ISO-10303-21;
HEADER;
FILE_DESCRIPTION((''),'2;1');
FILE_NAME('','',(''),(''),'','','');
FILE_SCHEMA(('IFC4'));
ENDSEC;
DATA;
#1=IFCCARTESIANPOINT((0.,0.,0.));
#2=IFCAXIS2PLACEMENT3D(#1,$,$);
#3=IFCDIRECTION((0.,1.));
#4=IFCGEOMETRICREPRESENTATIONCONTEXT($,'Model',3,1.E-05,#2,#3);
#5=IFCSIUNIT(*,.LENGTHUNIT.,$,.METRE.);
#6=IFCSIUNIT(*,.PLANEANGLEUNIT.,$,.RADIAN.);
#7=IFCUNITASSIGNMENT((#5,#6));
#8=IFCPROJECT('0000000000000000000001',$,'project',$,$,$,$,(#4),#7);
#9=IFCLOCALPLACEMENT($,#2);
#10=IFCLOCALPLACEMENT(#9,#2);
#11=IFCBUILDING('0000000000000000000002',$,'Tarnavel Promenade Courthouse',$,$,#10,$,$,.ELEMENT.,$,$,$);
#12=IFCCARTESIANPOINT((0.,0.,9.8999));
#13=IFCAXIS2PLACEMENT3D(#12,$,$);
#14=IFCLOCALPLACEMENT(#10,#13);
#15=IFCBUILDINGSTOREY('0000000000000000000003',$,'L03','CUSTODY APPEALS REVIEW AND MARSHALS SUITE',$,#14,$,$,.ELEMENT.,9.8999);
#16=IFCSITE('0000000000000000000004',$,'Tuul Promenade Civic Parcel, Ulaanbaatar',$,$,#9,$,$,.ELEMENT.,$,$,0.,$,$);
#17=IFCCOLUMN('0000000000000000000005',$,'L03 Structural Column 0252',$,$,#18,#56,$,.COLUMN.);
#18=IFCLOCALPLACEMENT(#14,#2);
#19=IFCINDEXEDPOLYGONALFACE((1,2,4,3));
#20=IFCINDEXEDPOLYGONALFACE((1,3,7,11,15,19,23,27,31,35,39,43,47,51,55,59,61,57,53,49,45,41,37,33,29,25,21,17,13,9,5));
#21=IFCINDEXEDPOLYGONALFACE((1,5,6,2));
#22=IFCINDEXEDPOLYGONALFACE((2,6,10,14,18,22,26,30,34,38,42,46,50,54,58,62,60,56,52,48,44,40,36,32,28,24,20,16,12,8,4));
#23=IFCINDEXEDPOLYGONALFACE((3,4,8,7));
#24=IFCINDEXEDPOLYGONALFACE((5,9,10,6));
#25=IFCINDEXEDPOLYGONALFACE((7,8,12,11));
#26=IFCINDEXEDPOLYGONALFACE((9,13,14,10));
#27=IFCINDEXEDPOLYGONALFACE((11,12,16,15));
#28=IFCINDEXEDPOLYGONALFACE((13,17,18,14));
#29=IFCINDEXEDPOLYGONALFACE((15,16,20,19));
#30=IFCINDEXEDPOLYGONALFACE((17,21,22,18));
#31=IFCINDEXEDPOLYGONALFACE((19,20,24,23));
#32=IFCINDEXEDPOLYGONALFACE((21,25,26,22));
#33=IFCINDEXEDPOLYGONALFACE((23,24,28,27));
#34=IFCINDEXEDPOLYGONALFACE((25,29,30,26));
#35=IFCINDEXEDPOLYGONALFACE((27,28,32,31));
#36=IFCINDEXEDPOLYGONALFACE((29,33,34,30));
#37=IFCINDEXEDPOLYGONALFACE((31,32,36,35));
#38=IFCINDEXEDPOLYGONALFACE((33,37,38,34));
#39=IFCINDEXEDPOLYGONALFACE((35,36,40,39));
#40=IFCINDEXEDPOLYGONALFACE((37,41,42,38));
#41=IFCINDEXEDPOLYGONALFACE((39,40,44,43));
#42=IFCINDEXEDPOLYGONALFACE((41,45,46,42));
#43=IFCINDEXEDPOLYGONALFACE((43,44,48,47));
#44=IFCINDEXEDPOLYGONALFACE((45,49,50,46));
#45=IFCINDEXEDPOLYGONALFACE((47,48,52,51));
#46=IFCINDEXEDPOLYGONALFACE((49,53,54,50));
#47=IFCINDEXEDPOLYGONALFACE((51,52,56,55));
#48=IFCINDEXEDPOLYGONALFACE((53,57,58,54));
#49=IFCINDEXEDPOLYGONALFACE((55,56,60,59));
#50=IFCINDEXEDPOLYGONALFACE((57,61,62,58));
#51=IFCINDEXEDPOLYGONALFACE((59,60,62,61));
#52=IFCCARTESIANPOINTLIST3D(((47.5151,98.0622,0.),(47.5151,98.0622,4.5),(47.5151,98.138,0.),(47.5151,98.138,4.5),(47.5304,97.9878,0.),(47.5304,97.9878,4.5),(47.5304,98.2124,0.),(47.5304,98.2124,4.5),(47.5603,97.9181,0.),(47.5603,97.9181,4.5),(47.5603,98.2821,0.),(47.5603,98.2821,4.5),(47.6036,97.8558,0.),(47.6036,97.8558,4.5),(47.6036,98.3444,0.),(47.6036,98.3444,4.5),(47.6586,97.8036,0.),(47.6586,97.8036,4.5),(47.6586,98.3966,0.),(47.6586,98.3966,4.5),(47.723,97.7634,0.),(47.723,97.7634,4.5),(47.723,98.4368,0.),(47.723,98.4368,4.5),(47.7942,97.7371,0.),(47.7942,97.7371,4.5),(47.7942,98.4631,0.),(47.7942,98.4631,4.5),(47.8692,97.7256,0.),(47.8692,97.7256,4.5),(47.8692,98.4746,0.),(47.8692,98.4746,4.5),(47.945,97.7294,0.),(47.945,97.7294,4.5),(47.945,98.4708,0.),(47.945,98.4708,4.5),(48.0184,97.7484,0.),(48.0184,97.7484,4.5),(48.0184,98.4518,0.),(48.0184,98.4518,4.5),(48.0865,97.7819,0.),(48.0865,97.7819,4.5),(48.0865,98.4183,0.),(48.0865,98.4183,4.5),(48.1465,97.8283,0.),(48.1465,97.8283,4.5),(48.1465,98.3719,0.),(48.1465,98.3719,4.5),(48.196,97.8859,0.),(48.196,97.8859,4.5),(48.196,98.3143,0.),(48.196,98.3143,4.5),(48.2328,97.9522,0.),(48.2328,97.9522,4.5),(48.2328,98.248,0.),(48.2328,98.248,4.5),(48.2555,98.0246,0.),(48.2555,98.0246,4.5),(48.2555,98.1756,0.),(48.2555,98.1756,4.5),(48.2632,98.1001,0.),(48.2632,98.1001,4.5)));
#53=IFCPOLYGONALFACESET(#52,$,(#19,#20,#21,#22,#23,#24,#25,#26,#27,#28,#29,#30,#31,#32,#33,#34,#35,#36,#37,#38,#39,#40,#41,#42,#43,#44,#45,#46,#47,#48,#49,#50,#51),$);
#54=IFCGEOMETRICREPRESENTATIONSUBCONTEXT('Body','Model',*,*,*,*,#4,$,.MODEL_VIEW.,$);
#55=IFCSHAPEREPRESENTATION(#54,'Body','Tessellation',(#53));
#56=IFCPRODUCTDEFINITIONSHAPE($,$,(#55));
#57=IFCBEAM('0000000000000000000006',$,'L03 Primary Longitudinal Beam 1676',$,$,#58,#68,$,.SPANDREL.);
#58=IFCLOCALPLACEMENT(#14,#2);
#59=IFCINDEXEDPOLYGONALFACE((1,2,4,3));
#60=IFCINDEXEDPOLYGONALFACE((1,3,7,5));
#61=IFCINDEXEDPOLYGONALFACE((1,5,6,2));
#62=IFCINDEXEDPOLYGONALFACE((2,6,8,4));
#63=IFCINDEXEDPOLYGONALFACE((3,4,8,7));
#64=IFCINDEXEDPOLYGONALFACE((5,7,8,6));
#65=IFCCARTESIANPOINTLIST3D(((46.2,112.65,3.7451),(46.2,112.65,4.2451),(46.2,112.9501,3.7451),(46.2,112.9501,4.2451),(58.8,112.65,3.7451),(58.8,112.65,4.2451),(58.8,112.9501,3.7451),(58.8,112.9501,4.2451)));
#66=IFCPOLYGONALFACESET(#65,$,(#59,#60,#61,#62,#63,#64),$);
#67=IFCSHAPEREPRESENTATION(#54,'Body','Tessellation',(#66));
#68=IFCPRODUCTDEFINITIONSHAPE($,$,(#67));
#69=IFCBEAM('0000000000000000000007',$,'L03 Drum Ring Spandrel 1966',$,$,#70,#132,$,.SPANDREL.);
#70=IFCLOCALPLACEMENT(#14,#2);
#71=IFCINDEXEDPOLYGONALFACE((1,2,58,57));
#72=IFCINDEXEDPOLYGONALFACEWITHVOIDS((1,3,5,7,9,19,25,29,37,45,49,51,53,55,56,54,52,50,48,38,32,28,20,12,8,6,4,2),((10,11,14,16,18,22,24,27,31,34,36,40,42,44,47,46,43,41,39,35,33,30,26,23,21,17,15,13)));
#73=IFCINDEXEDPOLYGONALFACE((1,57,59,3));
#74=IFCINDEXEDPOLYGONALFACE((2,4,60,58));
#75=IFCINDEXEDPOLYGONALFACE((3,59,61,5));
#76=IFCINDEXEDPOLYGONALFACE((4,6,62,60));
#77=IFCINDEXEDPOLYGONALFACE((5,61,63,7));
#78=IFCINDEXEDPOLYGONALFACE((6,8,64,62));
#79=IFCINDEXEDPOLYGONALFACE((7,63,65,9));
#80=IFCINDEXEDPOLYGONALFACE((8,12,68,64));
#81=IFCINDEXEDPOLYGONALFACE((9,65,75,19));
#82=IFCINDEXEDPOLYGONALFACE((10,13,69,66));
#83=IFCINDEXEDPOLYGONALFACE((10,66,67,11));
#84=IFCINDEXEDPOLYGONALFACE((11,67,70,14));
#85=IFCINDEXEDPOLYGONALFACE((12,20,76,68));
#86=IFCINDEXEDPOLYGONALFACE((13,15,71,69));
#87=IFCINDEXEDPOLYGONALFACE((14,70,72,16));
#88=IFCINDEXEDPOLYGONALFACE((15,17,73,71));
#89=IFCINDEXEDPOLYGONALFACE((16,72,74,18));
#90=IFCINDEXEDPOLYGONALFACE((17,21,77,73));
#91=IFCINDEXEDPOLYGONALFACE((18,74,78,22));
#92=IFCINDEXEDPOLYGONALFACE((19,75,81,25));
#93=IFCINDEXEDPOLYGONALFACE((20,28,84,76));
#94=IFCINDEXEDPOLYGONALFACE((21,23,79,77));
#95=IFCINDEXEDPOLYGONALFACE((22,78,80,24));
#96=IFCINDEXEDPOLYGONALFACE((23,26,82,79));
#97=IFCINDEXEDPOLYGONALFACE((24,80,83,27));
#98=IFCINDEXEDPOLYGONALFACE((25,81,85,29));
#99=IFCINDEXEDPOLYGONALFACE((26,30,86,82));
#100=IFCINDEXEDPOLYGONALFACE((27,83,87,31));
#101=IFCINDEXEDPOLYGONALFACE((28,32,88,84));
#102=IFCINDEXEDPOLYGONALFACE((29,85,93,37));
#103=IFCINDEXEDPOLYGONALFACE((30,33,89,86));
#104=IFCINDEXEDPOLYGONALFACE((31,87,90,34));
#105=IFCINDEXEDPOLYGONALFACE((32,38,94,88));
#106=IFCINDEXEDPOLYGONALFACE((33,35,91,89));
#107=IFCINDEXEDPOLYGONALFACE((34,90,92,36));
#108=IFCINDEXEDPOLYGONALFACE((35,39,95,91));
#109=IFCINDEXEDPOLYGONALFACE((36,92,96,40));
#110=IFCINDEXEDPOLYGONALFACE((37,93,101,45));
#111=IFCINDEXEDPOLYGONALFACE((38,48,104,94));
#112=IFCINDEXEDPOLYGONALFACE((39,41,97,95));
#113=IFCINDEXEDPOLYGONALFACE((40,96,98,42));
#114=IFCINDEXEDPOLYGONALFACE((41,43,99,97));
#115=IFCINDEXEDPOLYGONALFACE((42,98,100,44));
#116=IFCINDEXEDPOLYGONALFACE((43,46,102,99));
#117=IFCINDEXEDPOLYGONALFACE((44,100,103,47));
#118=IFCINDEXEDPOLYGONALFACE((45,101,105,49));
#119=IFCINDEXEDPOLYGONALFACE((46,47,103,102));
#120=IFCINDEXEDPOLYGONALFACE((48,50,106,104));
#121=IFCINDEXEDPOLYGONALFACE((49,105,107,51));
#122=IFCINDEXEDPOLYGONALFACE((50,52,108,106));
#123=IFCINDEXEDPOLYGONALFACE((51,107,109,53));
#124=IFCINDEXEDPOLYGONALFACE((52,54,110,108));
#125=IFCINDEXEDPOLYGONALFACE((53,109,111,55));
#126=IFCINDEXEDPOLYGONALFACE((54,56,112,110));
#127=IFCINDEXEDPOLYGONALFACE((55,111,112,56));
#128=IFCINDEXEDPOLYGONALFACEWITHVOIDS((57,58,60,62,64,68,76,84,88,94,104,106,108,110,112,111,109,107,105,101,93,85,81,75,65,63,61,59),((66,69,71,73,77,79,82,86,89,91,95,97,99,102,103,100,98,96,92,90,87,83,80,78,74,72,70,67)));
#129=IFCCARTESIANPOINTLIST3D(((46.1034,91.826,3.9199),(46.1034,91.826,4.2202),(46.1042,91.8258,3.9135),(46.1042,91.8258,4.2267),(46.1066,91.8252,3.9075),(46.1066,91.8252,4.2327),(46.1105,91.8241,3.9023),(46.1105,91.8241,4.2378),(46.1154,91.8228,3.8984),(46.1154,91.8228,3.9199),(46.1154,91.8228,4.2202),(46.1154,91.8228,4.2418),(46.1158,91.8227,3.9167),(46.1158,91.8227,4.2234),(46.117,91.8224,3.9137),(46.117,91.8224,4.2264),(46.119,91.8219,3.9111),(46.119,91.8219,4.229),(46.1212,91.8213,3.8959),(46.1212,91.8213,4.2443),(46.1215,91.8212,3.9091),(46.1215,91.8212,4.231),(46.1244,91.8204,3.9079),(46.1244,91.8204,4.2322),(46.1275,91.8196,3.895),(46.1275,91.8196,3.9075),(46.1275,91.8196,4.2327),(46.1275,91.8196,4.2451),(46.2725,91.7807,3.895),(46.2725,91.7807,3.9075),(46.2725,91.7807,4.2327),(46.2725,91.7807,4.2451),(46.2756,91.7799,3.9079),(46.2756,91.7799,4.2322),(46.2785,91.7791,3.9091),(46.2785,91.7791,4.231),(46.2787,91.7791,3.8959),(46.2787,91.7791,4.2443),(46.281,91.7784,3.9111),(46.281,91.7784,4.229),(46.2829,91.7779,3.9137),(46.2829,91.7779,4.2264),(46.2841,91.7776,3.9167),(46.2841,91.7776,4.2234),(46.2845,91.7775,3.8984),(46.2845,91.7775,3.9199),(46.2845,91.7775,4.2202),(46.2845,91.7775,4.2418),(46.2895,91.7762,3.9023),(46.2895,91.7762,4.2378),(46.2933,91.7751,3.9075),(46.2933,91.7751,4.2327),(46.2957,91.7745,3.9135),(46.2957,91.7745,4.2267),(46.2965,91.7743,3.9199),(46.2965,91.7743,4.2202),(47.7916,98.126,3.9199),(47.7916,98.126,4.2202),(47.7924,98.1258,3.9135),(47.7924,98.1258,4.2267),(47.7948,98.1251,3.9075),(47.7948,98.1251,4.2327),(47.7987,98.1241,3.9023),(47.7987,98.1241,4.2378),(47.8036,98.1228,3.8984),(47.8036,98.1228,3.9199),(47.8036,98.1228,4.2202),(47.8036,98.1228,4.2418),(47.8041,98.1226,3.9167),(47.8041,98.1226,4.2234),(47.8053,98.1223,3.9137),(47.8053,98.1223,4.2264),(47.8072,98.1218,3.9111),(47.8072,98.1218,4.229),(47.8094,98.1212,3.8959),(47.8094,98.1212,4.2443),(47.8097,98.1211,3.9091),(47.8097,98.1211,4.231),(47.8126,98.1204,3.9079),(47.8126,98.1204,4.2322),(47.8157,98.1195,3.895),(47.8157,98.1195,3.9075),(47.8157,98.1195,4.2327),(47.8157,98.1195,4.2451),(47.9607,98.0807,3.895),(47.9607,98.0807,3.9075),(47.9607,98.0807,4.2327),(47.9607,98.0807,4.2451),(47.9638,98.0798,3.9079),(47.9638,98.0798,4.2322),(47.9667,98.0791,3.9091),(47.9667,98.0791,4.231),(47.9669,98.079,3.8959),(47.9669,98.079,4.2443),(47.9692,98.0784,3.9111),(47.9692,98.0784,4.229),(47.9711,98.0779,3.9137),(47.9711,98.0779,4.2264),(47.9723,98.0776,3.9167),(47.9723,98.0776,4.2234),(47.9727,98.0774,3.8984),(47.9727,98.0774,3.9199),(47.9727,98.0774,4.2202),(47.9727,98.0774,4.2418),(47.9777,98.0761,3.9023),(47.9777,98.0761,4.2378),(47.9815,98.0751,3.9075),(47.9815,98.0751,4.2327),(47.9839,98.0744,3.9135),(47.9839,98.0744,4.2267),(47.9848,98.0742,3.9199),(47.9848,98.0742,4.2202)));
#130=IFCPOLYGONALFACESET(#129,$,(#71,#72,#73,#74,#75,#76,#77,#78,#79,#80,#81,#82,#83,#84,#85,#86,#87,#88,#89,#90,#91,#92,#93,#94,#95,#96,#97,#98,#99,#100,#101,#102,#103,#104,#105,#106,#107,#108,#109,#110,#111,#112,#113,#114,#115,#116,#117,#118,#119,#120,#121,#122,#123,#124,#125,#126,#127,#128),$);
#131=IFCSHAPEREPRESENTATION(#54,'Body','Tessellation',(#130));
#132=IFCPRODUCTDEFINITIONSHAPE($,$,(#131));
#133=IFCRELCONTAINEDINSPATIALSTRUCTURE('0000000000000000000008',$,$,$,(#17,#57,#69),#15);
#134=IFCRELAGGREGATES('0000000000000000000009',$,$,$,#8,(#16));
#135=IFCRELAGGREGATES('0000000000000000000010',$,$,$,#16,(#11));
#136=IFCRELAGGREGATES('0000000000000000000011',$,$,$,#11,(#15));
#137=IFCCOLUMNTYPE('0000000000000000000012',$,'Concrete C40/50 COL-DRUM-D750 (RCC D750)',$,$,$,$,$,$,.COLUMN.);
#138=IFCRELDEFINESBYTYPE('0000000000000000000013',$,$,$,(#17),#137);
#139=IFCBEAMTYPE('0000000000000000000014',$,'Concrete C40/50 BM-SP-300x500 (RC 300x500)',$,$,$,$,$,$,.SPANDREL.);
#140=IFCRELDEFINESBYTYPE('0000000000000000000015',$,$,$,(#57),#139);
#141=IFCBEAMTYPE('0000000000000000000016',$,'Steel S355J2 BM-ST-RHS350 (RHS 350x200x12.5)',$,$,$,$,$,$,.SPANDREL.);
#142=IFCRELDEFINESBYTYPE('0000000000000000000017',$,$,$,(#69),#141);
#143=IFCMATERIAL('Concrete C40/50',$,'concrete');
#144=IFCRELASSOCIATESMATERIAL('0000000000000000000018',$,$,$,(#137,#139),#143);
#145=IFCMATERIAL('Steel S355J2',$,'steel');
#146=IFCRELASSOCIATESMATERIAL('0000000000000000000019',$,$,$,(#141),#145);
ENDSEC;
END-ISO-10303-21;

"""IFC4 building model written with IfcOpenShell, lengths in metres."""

from ifc_helpers import new_model, si_unit, direction, frame, origin, origin_2d, place, context, subcontext, project, spatial, rectangle, hollow_rectangle, circle, extrude, material, material_profile, profile_set, type_object, element, save


model = new_model("IFC4")

# Units and contexts
model_context = context("Model", 3, precision=1e-05, world=origin(), true_north=direction((0.0, 1.0)))
body_context = subcontext(model_context, "Body", "Model", "MODEL_VIEW")
ifc_project = project(units=[si_unit("LENGTHUNIT", "METRE"), si_unit("PLANEANGLEUNIT", "RADIAN")], contexts=[model_context])

# Site, building, storey
site_placement = place(None, origin())
site = spatial("IfcSite", under=ifc_project, at=site_placement, Name="Tuul Promenade Civic Parcel, Ulaanbaatar", CompositionType="ELEMENT", RefElevation=0.0)
building_placement = place(site_placement, origin())
building = spatial("IfcBuilding", under=site, at=building_placement, Name="Tarnavel Promenade Courthouse", CompositionType="ELEMENT")
storey_placement = place(building_placement, frame((0.0, 0.0, 9.8999)))
storey = spatial("IfcBuildingStorey", under=building, at=storey_placement, Name="L03", Description="CUSTODY APPEALS REVIEW AND MARSHALS SUITE", CompositionType="ELEMENT", Elevation=9.8999)

# Column
ifc_material_1 = material(Name="Concrete C40/50", Category="concrete")
ifc_material_profile_1 = material_profile(ifc_material_1, circle(Radius=0.375, at=origin_2d()), Name="RCC D750")
ifc_profile_set_1 = profile_set([ifc_material_profile_1], Name="Concrete C40/50")
column_type = type_object("IfcColumnType", Name="Concrete C40/50 COL-DRUM-D750 (RCC D750)", PredefinedType="COLUMN", material=ifc_profile_set_1)
column_placement = place(storey_placement, frame((47.8882, 98.1001, 0.0), z_axis=(0.0, 0.0, 1.0), x_axis=(1.0, 0.0, 0.0)))
element("IfcColumn", 1, at=column_placement, inside=storey, type_object=column_type, Name="L03 Structural Column 0252", PredefinedType="COLUMN", context=body_context, shape_type="SweptSolid", body=[
    extrude(circle(Radius=0.375, at=origin_2d()), origin(), (0.0, 0.0, 1.0), 4.5),
])

# Beams
ifc_material_profile_2 = material_profile(ifc_material_1, rectangle(XDim=0.3, YDim=0.5, at=origin_2d()), Name="RC 300x500")
ifc_profile_set_2 = profile_set([ifc_material_profile_2], Name="Concrete C40/50")
beam_type_1 = type_object("IfcBeamType", Name="Concrete C40/50 BM-SP-300x500 (RC 300x500)", PredefinedType="SPANDREL", material=ifc_profile_set_2)
beam_1_placement = place(storey_placement, frame((46.2, 112.8, 3.9951), z_axis=(1.0, 0.0, 0.0), x_axis=(0.0, 1.0, 0.0)))
element("IfcBeam", 2, at=beam_1_placement, inside=storey, type_object=beam_type_1, Name="L03 Primary Longitudinal Beam 1676", PredefinedType="SPANDREL", context=body_context, shape_type="SweptSolid", body=[
    extrude(rectangle(XDim=0.3, YDim=0.5, at=origin_2d()), origin(), (0.0, 0.0, 1.0), 12.6001),
])
ifc_material_2 = material(Name="Steel S355J2", Category="steel")
ifc_material_profile_3 = material_profile(ifc_material_2, hollow_rectangle(XDim=0.2, YDim=0.3501, WallThickness=0.0125, InnerFilletRadius=0.0125, OuterFilletRadius=0.0249, at=origin_2d()), Name="RHS 350x200x12.5")
ifc_profile_set_3 = profile_set([ifc_material_profile_3], Name="Steel S355J2")
beam_type_2 = type_object("IfcBeamType", Name="Steel S355J2 BM-ST-RHS350 (RHS 350x200x12.5)", PredefinedType="SPANDREL", material=ifc_profile_set_3)
beam_2_placement = place(storey_placement, frame((47.8882, 98.1001, 4.0701), z_axis=(-0.258839, -0.96592, 0.0), x_axis=(0.96592, -0.258839, 0.0)))
element("IfcBeam", 3, at=beam_2_placement, inside=storey, type_object=beam_type_2, Name="L03 Drum Ring Spandrel 1966", PredefinedType="SPANDREL", context=body_context, shape_type="SweptSolid", body=[
    extrude(hollow_rectangle(XDim=0.2, YDim=0.3501, WallThickness=0.0125, InnerFilletRadius=0.0125, OuterFilletRadius=0.0249, at=origin_2d()), origin(), (0.0, 0.0, 1.0), 6.5222),
])

save(model, "model.ifc")
